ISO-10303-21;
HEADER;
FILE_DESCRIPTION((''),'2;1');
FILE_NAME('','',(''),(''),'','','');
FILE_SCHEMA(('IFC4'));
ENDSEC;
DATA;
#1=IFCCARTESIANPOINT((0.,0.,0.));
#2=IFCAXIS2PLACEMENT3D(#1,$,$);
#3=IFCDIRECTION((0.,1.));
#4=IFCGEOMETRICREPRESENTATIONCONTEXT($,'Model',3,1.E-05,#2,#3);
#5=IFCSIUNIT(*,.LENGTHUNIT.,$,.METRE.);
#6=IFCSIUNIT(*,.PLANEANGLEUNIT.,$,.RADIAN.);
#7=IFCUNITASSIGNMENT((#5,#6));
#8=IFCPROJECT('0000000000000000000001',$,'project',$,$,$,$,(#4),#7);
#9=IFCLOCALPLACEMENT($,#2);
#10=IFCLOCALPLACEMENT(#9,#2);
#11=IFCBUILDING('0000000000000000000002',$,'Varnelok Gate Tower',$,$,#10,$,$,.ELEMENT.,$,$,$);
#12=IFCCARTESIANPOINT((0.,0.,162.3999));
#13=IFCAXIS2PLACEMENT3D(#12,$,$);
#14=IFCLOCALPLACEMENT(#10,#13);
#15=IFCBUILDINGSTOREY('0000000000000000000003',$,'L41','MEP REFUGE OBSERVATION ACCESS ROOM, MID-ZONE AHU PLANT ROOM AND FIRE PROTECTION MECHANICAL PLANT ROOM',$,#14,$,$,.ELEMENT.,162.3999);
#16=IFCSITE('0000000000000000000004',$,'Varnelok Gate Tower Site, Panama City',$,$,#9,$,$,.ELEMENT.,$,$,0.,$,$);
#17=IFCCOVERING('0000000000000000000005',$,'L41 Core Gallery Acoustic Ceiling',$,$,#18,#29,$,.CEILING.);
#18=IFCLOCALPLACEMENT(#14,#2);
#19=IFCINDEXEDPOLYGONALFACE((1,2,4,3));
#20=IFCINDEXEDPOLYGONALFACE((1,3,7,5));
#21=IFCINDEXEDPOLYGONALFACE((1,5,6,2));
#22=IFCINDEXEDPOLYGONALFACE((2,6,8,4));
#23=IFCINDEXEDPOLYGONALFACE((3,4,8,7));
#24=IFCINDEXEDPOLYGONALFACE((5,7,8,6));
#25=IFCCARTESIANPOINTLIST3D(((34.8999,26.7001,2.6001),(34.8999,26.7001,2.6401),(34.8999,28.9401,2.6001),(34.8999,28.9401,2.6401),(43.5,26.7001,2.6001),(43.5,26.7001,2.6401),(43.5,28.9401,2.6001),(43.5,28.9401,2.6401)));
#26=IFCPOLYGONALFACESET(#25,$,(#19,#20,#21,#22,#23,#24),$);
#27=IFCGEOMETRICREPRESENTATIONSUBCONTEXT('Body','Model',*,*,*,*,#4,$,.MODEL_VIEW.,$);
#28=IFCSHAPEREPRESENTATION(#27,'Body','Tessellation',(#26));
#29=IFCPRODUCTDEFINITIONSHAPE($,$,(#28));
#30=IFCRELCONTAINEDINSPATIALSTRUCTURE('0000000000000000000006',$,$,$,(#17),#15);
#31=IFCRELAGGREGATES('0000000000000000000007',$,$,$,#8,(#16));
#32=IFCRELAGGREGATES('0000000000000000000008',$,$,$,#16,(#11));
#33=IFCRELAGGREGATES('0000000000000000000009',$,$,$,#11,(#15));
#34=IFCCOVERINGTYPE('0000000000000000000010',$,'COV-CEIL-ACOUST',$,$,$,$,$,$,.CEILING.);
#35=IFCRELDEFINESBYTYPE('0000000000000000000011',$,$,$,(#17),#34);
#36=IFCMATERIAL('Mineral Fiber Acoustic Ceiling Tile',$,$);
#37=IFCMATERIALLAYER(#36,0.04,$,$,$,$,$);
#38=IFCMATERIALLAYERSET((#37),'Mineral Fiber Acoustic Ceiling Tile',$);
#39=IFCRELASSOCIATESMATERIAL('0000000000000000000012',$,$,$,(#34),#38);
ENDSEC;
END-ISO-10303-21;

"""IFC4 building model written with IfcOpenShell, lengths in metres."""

from ifc_helpers import new_model, si_unit, direction, frame, origin, origin_2d, place, context, subcontext, project, spatial, rectangle, extrude, source, transform, mapped, material, layer, layer_set, type_object, element, save


model = new_model("IFC4")

# Units and contexts
model_context = context("Model", 3, precision=1e-05, world=origin(), true_north=direction((0.0, 1.0)))
body_context = subcontext(model_context, "Body", "Model", "MODEL_VIEW")
ifc_project = project(units=[si_unit("LENGTHUNIT", "METRE"), si_unit("PLANEANGLEUNIT", "RADIAN")], contexts=[model_context])

# Site, building, storey
site_placement = place(None, origin())
site = spatial("IfcSite", under=ifc_project, at=site_placement, Name="Varnelok Gate Tower Site, Panama City", CompositionType="ELEMENT", RefElevation=0.0)
building_placement = place(site_placement, origin())
building = spatial("IfcBuilding", under=site, at=building_placement, Name="Varnelok Gate Tower", CompositionType="ELEMENT")
storey_placement = place(building_placement, frame((0.0, 0.0, 162.3999)))
storey = spatial("IfcBuildingStorey", under=building, at=storey_placement, Name="L41", Description="MEP REFUGE OBSERVATION ACCESS ROOM, MID-ZONE AHU PLANT ROOM AND FIRE PROTECTION MECHANICAL PLANT ROOM", CompositionType="ELEMENT", Elevation=162.3999)

# Covering
ifc_material_1 = material(Name="Mineral Fiber Acoustic Ceiling Tile")
ifc_layer_1 = layer(ifc_material_1, 0.04)
ifc_layer_set_1 = layer_set([ifc_layer_1], Name="Mineral Fiber Acoustic Ceiling Tile")
covering_type_1 = type_object("IfcCoveringType", Name="COV-CEIL-ACOUST", PredefinedType="CEILING", material=ifc_layer_set_1)
shared_shape_1 = source(origin(), body_context, "Body", "SweptSolid", [
    extrude(rectangle(XDim=8.6001, YDim=2.24, at=origin_2d()), origin(), (0.0, 0.0, 1.0), 0.04),
])
covering_1_placement = place(storey_placement, frame((39.2, 27.8201, 2.6001), z_axis=(0.0, 0.0, 1.0), x_axis=(1.0, 0.0, 0.0)))
element("IfcCovering", 1, at=covering_1_placement, inside=storey, type_object=covering_type_1, Name="L41 Core Gallery Acoustic Ceiling", PredefinedType="CEILING", context=body_context, shape_type="MappedRepresentation", body=[
    mapped(shared_shape_1, transform((0.0, 0.0, 0.0), scale=1.0)),
])

save(model, "model.ifc")
